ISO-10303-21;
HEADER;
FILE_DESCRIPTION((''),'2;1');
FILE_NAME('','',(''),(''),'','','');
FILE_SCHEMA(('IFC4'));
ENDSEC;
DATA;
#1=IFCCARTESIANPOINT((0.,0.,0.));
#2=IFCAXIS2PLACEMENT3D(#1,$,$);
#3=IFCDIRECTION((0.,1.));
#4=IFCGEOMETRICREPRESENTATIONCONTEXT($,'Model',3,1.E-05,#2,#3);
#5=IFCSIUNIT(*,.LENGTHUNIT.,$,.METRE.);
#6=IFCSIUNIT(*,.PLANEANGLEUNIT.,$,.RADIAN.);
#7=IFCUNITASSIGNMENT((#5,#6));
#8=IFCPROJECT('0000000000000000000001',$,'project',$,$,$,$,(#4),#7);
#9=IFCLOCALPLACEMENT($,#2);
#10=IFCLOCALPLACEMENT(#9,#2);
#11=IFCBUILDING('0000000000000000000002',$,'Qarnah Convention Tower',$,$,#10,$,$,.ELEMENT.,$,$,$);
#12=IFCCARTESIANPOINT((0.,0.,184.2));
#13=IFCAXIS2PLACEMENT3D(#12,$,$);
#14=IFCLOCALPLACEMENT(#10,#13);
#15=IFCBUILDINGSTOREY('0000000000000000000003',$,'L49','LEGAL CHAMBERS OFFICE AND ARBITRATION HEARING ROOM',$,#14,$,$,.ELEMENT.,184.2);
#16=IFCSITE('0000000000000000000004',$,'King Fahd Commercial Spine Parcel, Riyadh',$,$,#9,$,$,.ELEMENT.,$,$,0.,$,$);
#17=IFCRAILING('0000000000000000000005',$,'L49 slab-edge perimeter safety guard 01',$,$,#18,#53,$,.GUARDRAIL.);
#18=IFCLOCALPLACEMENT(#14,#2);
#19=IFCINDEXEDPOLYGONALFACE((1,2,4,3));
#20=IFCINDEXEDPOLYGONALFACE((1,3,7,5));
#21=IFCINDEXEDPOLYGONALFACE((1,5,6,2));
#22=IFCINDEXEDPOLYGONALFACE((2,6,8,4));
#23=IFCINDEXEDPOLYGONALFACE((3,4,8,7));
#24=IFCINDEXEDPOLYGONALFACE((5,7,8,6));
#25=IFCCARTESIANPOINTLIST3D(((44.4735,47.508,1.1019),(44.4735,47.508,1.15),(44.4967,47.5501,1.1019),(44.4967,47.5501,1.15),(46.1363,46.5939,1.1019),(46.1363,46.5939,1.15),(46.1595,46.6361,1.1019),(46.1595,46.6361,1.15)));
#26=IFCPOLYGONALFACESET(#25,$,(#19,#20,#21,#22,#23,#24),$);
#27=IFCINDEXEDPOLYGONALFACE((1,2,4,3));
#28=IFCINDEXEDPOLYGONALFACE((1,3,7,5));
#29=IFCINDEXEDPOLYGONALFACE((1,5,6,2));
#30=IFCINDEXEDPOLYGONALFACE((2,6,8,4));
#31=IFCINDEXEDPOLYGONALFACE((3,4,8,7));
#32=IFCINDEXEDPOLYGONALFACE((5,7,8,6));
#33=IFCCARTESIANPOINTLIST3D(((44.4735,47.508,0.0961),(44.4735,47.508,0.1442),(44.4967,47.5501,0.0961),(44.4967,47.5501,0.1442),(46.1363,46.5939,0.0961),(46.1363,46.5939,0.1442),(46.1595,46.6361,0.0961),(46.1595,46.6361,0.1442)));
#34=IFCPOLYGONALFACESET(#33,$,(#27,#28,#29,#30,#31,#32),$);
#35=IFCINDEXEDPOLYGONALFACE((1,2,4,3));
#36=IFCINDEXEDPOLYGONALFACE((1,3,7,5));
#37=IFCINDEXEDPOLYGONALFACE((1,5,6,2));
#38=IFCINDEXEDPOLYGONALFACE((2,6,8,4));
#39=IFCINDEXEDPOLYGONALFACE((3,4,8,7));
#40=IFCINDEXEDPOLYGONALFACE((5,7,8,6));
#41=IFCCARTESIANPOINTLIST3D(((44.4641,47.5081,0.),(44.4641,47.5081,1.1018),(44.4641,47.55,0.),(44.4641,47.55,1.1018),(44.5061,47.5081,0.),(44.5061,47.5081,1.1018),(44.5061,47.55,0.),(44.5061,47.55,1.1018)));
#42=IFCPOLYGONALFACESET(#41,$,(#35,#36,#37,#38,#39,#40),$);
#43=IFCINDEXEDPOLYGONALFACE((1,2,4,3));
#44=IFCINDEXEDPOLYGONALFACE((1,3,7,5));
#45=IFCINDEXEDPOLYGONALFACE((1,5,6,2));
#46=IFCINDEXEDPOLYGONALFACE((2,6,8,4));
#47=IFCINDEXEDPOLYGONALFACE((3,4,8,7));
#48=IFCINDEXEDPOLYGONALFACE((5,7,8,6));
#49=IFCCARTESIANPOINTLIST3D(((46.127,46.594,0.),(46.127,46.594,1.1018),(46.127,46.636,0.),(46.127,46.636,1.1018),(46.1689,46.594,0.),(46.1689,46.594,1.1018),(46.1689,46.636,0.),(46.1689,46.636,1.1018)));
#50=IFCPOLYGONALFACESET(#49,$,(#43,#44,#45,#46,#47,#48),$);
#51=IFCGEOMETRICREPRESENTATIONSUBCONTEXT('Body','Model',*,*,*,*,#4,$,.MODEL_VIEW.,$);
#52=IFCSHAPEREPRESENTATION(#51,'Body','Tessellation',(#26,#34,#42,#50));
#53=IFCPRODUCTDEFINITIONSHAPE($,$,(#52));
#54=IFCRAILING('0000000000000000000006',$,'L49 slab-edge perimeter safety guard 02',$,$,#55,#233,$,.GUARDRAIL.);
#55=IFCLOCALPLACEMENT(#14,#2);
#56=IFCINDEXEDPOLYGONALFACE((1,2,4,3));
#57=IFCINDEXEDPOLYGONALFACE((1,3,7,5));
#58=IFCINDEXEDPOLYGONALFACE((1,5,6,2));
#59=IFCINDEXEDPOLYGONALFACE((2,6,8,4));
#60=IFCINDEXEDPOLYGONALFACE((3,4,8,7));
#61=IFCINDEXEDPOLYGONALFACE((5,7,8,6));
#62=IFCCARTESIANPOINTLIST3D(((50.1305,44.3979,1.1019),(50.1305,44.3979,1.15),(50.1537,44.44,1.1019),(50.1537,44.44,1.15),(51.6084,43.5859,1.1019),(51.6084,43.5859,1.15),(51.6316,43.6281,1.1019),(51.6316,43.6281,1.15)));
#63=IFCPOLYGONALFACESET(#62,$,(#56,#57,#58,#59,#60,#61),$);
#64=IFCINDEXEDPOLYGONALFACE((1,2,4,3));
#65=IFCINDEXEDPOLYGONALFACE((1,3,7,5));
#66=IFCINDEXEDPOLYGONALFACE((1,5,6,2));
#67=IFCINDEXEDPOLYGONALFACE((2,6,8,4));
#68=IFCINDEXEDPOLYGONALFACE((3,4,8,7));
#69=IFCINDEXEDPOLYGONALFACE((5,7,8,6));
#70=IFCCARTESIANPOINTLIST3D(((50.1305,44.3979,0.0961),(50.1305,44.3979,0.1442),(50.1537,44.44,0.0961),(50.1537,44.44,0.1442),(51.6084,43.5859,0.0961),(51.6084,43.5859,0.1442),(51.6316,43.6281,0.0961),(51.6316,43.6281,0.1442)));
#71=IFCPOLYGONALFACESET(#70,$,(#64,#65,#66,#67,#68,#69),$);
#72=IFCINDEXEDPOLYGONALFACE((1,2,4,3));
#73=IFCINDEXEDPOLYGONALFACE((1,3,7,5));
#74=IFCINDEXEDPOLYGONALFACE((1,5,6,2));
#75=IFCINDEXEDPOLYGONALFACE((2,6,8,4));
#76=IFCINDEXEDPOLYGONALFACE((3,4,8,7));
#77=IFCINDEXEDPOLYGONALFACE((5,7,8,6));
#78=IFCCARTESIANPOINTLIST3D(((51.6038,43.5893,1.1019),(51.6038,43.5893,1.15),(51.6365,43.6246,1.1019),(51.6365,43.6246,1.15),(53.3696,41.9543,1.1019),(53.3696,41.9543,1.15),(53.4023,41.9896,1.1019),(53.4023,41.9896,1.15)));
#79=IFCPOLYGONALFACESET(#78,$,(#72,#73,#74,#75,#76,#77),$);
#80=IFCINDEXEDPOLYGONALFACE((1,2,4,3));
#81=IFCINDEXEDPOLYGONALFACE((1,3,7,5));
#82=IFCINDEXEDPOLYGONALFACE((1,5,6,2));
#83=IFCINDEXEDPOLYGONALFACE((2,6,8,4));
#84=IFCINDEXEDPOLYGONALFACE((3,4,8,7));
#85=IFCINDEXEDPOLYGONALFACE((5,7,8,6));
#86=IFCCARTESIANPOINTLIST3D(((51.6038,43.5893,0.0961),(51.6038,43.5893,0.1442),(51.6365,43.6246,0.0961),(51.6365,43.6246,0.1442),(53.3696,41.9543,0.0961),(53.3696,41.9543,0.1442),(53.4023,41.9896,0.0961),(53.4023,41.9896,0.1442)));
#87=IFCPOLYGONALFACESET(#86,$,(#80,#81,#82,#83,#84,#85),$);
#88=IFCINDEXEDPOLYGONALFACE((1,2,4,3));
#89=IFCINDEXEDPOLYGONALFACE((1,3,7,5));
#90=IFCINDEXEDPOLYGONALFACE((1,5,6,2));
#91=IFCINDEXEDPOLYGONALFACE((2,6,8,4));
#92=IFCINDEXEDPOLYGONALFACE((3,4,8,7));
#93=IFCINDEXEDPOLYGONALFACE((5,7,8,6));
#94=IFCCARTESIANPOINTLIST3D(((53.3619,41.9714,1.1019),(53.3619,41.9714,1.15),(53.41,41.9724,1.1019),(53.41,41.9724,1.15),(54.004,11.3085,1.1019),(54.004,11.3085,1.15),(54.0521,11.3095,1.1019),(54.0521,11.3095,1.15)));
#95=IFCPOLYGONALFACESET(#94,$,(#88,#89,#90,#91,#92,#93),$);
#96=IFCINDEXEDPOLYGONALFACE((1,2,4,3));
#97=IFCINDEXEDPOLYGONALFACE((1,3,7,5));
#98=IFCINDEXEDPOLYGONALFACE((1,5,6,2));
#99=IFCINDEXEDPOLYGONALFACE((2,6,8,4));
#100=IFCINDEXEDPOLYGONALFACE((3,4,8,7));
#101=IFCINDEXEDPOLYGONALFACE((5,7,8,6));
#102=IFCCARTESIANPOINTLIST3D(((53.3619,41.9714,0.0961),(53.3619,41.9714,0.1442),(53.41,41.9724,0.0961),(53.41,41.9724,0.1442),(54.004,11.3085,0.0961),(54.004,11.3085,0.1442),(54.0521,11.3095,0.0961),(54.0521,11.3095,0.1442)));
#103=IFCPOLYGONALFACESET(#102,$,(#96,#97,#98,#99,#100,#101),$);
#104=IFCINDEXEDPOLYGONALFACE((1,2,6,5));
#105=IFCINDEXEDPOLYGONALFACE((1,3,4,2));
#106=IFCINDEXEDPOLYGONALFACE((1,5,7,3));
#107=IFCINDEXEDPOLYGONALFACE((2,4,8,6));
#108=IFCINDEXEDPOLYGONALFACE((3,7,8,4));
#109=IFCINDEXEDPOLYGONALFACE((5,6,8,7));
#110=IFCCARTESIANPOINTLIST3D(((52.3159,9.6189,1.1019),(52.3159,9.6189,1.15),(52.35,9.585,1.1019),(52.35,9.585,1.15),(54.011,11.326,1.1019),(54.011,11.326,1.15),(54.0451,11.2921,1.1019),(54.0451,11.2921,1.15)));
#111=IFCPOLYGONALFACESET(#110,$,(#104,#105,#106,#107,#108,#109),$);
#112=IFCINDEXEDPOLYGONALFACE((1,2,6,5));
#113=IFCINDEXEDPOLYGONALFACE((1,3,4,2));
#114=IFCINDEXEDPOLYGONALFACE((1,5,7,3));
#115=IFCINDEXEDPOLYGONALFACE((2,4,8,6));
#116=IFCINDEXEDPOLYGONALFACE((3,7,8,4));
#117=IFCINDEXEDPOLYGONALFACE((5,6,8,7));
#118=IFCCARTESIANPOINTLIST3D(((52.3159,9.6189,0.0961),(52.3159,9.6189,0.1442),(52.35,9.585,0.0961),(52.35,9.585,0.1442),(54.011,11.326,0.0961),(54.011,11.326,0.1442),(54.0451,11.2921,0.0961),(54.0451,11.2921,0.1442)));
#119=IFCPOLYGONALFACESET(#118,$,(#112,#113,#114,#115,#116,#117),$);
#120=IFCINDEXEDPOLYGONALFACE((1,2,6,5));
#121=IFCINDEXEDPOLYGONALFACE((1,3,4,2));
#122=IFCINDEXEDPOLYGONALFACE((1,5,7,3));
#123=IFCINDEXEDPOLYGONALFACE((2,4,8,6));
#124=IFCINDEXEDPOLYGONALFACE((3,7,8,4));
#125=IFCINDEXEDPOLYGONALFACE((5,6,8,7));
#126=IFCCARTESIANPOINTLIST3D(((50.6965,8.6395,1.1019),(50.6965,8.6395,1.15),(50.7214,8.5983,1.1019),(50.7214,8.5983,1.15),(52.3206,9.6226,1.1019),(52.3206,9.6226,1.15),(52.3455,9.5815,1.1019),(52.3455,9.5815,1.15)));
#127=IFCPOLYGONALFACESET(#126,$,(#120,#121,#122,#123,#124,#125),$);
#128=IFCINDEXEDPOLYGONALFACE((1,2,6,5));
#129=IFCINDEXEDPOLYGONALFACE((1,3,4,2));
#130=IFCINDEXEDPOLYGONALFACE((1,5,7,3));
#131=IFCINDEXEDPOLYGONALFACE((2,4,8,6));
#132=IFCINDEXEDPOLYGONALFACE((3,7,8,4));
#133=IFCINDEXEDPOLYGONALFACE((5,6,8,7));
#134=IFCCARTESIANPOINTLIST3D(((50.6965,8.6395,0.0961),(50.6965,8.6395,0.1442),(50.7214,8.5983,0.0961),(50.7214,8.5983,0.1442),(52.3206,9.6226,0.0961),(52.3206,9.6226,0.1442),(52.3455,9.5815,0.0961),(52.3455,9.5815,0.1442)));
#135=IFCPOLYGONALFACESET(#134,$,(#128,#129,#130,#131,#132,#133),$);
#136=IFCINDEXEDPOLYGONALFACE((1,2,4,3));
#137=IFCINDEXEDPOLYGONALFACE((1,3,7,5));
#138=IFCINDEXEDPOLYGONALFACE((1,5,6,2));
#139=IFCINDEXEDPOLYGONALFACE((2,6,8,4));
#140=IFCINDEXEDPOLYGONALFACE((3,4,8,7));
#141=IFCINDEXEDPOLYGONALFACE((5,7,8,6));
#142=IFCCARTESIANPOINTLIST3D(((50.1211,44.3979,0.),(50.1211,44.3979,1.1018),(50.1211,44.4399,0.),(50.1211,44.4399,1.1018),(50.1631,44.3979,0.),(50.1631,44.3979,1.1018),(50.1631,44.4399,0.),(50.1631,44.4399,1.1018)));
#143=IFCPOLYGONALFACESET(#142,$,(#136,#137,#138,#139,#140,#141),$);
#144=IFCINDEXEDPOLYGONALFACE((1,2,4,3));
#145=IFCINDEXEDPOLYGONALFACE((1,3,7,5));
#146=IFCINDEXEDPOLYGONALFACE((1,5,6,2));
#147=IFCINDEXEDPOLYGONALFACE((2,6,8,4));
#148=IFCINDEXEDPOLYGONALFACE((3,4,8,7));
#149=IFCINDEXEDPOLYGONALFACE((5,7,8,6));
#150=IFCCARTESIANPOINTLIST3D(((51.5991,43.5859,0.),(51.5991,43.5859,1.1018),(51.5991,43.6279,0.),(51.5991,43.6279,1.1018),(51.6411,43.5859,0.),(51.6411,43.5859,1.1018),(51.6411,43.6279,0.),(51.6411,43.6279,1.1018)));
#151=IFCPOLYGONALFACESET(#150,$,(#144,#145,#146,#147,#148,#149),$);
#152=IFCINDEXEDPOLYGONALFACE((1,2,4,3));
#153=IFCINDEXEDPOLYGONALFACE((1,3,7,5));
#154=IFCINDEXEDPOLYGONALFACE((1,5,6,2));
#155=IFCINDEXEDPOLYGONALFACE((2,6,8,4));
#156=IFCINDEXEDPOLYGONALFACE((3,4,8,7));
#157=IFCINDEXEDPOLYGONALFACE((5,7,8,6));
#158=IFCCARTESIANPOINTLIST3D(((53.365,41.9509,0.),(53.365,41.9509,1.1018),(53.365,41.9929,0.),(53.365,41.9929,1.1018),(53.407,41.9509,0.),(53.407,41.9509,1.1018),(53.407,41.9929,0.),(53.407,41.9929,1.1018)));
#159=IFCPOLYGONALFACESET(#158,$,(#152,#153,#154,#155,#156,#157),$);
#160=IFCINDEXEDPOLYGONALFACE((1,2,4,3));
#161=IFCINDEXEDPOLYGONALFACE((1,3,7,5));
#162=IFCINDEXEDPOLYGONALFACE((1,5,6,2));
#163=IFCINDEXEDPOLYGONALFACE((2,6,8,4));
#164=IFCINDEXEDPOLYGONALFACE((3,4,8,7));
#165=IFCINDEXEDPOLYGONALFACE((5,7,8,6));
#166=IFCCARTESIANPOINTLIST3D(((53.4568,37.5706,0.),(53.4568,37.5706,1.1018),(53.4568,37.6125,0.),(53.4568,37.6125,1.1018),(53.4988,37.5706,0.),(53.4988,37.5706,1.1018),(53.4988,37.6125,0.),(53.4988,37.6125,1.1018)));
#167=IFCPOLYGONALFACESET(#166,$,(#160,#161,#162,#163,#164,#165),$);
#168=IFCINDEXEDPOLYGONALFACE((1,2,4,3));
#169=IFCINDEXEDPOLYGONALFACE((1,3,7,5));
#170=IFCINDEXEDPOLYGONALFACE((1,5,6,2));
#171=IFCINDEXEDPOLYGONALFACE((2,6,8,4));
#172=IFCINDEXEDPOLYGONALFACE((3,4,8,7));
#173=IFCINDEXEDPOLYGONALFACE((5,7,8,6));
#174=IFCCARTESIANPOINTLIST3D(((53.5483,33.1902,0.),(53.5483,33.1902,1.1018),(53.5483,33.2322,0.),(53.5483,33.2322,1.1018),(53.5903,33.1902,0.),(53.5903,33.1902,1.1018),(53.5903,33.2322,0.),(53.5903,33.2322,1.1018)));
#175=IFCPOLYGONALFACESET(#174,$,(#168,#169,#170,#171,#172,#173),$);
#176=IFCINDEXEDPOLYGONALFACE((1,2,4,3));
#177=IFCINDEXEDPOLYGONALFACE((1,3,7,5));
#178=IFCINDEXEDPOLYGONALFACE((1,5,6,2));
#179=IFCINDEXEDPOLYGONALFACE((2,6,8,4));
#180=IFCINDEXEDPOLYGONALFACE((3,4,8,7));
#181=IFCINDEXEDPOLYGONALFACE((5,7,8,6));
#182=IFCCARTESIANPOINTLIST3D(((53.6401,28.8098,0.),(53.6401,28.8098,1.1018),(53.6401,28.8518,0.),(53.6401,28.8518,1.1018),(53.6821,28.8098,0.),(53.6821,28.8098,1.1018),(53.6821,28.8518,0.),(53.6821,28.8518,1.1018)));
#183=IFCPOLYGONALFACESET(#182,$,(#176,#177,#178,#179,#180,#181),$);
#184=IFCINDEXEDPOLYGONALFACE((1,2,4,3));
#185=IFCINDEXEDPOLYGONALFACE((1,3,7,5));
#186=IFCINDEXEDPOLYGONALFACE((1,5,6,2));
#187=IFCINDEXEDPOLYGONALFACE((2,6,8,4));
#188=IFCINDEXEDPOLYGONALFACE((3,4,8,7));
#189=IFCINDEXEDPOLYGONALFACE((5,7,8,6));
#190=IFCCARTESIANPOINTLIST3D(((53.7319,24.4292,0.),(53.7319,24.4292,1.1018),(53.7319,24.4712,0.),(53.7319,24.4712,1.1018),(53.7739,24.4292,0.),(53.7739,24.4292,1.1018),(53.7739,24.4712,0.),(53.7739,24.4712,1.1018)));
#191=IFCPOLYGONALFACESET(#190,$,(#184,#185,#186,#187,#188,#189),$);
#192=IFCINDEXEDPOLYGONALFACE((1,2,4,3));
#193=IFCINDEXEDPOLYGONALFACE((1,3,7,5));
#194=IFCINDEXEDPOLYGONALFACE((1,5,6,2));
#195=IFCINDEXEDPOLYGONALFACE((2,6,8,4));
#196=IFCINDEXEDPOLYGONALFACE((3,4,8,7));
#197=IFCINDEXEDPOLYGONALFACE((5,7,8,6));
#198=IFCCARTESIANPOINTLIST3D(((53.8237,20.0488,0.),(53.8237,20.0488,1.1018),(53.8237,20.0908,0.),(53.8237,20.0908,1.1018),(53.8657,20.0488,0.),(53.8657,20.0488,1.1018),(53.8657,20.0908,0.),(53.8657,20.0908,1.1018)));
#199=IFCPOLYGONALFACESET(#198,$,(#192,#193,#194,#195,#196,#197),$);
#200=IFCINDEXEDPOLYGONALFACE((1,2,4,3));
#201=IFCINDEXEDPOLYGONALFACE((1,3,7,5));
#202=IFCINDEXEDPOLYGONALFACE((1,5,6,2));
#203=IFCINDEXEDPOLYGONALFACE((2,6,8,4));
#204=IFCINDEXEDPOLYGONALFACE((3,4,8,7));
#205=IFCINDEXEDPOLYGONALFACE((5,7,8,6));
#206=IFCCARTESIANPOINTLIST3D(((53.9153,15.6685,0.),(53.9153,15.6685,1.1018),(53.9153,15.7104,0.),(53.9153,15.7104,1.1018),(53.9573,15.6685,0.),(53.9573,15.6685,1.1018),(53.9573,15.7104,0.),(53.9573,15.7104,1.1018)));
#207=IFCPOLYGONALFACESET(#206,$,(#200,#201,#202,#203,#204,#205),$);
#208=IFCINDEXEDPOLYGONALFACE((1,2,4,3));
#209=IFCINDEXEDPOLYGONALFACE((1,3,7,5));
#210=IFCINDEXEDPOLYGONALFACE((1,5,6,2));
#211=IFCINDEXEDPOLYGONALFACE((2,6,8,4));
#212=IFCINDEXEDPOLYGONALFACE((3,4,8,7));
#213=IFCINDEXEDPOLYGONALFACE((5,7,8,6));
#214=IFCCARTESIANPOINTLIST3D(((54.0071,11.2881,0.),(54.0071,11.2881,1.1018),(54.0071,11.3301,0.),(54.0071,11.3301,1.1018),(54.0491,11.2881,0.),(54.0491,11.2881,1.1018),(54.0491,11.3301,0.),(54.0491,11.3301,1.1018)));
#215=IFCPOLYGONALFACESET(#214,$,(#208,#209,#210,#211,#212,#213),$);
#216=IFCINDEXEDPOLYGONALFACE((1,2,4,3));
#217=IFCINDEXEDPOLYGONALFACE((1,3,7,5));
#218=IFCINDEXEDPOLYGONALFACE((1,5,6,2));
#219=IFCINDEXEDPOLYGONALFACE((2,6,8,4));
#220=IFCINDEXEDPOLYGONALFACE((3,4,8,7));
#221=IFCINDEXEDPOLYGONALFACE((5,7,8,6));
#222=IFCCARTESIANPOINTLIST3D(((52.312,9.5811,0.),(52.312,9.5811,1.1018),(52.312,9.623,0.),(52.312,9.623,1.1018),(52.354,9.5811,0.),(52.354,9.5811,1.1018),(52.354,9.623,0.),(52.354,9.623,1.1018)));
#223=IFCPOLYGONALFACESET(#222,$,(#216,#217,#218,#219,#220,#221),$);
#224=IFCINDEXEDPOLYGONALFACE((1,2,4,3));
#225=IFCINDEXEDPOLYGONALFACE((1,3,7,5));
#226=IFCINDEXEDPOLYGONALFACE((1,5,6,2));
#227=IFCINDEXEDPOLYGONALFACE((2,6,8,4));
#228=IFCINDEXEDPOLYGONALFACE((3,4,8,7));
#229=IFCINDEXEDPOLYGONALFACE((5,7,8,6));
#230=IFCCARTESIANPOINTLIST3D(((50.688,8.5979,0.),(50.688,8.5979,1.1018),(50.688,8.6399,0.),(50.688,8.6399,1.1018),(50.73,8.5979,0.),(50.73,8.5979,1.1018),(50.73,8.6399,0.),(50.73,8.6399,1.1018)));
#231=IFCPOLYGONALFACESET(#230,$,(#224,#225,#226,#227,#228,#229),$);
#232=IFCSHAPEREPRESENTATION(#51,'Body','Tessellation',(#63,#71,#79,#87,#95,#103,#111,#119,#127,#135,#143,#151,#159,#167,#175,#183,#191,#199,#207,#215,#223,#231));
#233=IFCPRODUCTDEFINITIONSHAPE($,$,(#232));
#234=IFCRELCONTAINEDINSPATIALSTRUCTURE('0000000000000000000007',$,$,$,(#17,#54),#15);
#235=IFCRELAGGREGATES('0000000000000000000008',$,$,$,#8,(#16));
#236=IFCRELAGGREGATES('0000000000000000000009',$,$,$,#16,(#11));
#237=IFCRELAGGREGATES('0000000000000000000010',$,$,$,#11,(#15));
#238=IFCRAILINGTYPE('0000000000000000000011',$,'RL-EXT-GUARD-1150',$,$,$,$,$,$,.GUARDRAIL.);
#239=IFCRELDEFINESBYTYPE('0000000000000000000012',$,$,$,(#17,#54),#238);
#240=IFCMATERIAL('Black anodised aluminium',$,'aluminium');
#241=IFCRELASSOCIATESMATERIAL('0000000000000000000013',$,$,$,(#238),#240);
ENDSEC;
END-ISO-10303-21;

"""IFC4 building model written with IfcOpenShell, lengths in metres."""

from ifc_helpers import new_model, si_unit, direction, frame, origin, origin_2d, place, context, subcontext, project, spatial, rectangle, extrude, material, type_object, element, save


model = new_model("IFC4")

# Units and contexts
model_context = context("Model", 3, precision=1e-05, world=origin(), true_north=direction((0.0, 1.0)))
body_context = subcontext(model_context, "Body", "Model", "MODEL_VIEW")
ifc_project = project(units=[si_unit("LENGTHUNIT", "METRE"), si_unit("PLANEANGLEUNIT", "RADIAN")], contexts=[model_context])

# Site, building, storey
site_placement = place(None, origin())
site = spatial("IfcSite", under=ifc_project, at=site_placement, Name="King Fahd Commercial Spine Parcel, Riyadh", CompositionType="ELEMENT", RefElevation=0.0)
building_placement = place(site_placement, origin())
building = spatial("IfcBuilding", under=site, at=building_placement, Name="Qarnah Convention Tower", CompositionType="ELEMENT")
storey_placement = place(building_placement, frame((0.0, 0.0, 184.2)))
storey = spatial("IfcBuildingStorey", under=building, at=storey_placement, Name="L49", Description="LEGAL CHAMBERS OFFICE AND ARBITRATION HEARING ROOM", CompositionType="ELEMENT", Elevation=184.2)

# Shared definitions
ifc_material_1 = material(Name="Black anodised aluminium", Category="aluminium")

# Railings
railing_type = type_object("IfcRailingType", Name="RL-EXT-GUARD-1150", PredefinedType="GUARDRAIL", material=ifc_material_1)
railing_1_placement = place(storey_placement, frame((44.4851, 47.5291, 0.0)))
element("IfcRailing", 1, at=railing_1_placement, inside=storey, type_object=railing_type, Name="L49 slab-edge perimeter safety guard 01", PredefinedType="GUARDRAIL", context=body_context, shape_type="SweptSolid", body=[
    extrude(rectangle(XDim=0.0481, YDim=0.0481, at=origin_2d()), frame((0.0, 0.0, 1.126), z_axis=(0.876327, -0.481716, 0.0), x_axis=(0.481716, 0.876327, 0.0)), (0.0, 0.0, 1.0), 1.8975),
    extrude(rectangle(XDim=0.0481, YDim=0.0481, at=origin_2d()), frame((0.0, 0.0, 0.1201), z_axis=(0.876327, -0.481716, 0.0), x_axis=(0.481716, 0.876327, 0.0)), (0.0, 0.0, 1.0), 1.8975),
    extrude(rectangle(XDim=0.042, YDim=0.042, at=origin_2d()), origin(), (0.0, 0.0, 1.0), 1.1018),
    extrude(rectangle(XDim=0.042, YDim=0.042, at=origin_2d()), frame((1.6628, -0.9141, 0.0)), (0.0, 0.0, 1.0), 1.1018),
])
railing_2_placement = place(storey_placement, frame((50.1421, 44.4189, 0.0)))
element("IfcRailing", 2, at=railing_2_placement, inside=storey, type_object=railing_type, Name="L49 slab-edge perimeter safety guard 02", PredefinedType="GUARDRAIL", context=body_context, shape_type="SweptSolid", body=[
    extrude(rectangle(XDim=0.0481, YDim=0.0481, at=origin_2d()), frame((0.0, 0.0, 1.126), z_axis=(0.876442, -0.481507, 0.0), x_axis=(0.481507, 0.876442, 0.0)), (0.0, 0.0, 1.0), 1.6863),
    extrude(rectangle(XDim=0.0481, YDim=0.0481, at=origin_2d()), frame((0.0, 0.0, 0.1201), z_axis=(0.876442, -0.481507, 0.0), x_axis=(0.481507, 0.876442, 0.0)), (0.0, 0.0, 1.0), 1.6863),
    extrude(rectangle(XDim=0.0481, YDim=0.0481, at=origin_2d()), frame((1.478, -0.812, 1.126), z_axis=(0.733772, -0.679396, 0.0), x_axis=(0.679396, 0.733772, 0.0)), (0.0, 0.0, 1.0), 2.4065),
    extrude(rectangle(XDim=0.0481, YDim=0.0481, at=origin_2d()), frame((1.478, -0.812, 0.1201), z_axis=(0.733772, -0.679396, 0.0), x_axis=(0.679396, 0.733772, 0.0)), (0.0, 0.0, 1.0), 2.4065),
    extrude(rectangle(XDim=0.0481, YDim=0.0481, at=origin_2d()), frame((3.2439, -2.447, 1.126), z_axis=(0.020936, -0.999781, 0.0), x_axis=(0.999781, 0.020936, 0.0)), (0.0, 0.0, 1.0), 30.6697),
    extrude(rectangle(XDim=0.0481, YDim=0.0481, at=origin_2d()), frame((3.2439, -2.447, 0.1201), z_axis=(0.020936, -0.999781, 0.0), x_axis=(0.999781, 0.020936, 0.0)), (0.0, 0.0, 1.0), 30.6697),
    extrude(rectangle(XDim=0.0481, YDim=0.0481, at=origin_2d()), frame((3.886, -33.1099, 1.126), z_axis=(-0.704616, -0.709589, 0.0), x_axis=(0.709589, -0.704616, 0.0)), (0.0, 0.0, 1.0), 2.4058),
    extrude(rectangle(XDim=0.0481, YDim=0.0481, at=origin_2d()), frame((3.886, -33.1099, 0.1201), z_axis=(-0.704616, -0.709589, 0.0), x_axis=(0.709589, -0.704616, 0.0)), (0.0, 0.0, 1.0), 2.4058),
    extrude(rectangle(XDim=0.0481, YDim=0.0481, at=origin_2d()), frame((2.1909, -34.8169, 1.126), z_axis=(-0.855455, -0.517877, 0.0), x_axis=(0.517877, -0.855455, 0.0)), (0.0, 0.0, 1.0), 1.8984),
    extrude(rectangle(XDim=0.0481, YDim=0.0481, at=origin_2d()), frame((2.1909, -34.8169, 0.1201), z_axis=(-0.855455, -0.517877, 0.0), x_axis=(0.517877, -0.855455, 0.0)), (0.0, 0.0, 1.0), 1.8984),
    extrude(rectangle(XDim=0.042, YDim=0.042, at=origin_2d()), origin(), (0.0, 0.0, 1.0), 1.1018),
    extrude(rectangle(XDim=0.042, YDim=0.042, at=origin_2d()), frame((1.478, -0.812, 0.0)), (0.0, 0.0, 1.0), 1.1018),
    extrude(rectangle(XDim=0.042, YDim=0.042, at=origin_2d()), frame((3.2439, -2.447, 0.0)), (0.0, 0.0, 1.0), 1.1018),
    extrude(rectangle(XDim=0.042, YDim=0.042, at=origin_2d()), frame((3.3357, -6.8274, 0.0)), (0.0, 0.0, 1.0), 1.1018),
    extrude(rectangle(XDim=0.042, YDim=0.042, at=origin_2d()), frame((3.4272, -11.2078, 0.0)), (0.0, 0.0, 1.0), 1.1018),
    extrude(rectangle(XDim=0.042, YDim=0.042, at=origin_2d()), frame((3.519, -15.5881, 0.0)), (0.0, 0.0, 1.0), 1.1018),
    extrude(rectangle(XDim=0.042, YDim=0.042, at=origin_2d()), frame((3.6108, -19.9688, 0.0)), (0.0, 0.0, 1.0), 1.1018),
    extrude(rectangle(XDim=0.042, YDim=0.042, at=origin_2d()), frame((3.7026, -24.3491, 0.0)), (0.0, 0.0, 1.0), 1.1018),
    extrude(rectangle(XDim=0.042, YDim=0.042, at=origin_2d()), frame((3.7942, -28.7295, 0.0)), (0.0, 0.0, 1.0), 1.1018),
    extrude(rectangle(XDim=0.042, YDim=0.042, at=origin_2d()), frame((3.886, -33.1099, 0.0)), (0.0, 0.0, 1.0), 1.1018),
    extrude(rectangle(XDim=0.042, YDim=0.042, at=origin_2d()), frame((2.1909, -34.8169, 0.0)), (0.0, 0.0, 1.0), 1.1018),
    extrude(rectangle(XDim=0.042, YDim=0.042, at=origin_2d()), frame((0.5669, -35.8, 0.0)), (0.0, 0.0, 1.0), 1.1018),
])

save(model, "model.ifc")
